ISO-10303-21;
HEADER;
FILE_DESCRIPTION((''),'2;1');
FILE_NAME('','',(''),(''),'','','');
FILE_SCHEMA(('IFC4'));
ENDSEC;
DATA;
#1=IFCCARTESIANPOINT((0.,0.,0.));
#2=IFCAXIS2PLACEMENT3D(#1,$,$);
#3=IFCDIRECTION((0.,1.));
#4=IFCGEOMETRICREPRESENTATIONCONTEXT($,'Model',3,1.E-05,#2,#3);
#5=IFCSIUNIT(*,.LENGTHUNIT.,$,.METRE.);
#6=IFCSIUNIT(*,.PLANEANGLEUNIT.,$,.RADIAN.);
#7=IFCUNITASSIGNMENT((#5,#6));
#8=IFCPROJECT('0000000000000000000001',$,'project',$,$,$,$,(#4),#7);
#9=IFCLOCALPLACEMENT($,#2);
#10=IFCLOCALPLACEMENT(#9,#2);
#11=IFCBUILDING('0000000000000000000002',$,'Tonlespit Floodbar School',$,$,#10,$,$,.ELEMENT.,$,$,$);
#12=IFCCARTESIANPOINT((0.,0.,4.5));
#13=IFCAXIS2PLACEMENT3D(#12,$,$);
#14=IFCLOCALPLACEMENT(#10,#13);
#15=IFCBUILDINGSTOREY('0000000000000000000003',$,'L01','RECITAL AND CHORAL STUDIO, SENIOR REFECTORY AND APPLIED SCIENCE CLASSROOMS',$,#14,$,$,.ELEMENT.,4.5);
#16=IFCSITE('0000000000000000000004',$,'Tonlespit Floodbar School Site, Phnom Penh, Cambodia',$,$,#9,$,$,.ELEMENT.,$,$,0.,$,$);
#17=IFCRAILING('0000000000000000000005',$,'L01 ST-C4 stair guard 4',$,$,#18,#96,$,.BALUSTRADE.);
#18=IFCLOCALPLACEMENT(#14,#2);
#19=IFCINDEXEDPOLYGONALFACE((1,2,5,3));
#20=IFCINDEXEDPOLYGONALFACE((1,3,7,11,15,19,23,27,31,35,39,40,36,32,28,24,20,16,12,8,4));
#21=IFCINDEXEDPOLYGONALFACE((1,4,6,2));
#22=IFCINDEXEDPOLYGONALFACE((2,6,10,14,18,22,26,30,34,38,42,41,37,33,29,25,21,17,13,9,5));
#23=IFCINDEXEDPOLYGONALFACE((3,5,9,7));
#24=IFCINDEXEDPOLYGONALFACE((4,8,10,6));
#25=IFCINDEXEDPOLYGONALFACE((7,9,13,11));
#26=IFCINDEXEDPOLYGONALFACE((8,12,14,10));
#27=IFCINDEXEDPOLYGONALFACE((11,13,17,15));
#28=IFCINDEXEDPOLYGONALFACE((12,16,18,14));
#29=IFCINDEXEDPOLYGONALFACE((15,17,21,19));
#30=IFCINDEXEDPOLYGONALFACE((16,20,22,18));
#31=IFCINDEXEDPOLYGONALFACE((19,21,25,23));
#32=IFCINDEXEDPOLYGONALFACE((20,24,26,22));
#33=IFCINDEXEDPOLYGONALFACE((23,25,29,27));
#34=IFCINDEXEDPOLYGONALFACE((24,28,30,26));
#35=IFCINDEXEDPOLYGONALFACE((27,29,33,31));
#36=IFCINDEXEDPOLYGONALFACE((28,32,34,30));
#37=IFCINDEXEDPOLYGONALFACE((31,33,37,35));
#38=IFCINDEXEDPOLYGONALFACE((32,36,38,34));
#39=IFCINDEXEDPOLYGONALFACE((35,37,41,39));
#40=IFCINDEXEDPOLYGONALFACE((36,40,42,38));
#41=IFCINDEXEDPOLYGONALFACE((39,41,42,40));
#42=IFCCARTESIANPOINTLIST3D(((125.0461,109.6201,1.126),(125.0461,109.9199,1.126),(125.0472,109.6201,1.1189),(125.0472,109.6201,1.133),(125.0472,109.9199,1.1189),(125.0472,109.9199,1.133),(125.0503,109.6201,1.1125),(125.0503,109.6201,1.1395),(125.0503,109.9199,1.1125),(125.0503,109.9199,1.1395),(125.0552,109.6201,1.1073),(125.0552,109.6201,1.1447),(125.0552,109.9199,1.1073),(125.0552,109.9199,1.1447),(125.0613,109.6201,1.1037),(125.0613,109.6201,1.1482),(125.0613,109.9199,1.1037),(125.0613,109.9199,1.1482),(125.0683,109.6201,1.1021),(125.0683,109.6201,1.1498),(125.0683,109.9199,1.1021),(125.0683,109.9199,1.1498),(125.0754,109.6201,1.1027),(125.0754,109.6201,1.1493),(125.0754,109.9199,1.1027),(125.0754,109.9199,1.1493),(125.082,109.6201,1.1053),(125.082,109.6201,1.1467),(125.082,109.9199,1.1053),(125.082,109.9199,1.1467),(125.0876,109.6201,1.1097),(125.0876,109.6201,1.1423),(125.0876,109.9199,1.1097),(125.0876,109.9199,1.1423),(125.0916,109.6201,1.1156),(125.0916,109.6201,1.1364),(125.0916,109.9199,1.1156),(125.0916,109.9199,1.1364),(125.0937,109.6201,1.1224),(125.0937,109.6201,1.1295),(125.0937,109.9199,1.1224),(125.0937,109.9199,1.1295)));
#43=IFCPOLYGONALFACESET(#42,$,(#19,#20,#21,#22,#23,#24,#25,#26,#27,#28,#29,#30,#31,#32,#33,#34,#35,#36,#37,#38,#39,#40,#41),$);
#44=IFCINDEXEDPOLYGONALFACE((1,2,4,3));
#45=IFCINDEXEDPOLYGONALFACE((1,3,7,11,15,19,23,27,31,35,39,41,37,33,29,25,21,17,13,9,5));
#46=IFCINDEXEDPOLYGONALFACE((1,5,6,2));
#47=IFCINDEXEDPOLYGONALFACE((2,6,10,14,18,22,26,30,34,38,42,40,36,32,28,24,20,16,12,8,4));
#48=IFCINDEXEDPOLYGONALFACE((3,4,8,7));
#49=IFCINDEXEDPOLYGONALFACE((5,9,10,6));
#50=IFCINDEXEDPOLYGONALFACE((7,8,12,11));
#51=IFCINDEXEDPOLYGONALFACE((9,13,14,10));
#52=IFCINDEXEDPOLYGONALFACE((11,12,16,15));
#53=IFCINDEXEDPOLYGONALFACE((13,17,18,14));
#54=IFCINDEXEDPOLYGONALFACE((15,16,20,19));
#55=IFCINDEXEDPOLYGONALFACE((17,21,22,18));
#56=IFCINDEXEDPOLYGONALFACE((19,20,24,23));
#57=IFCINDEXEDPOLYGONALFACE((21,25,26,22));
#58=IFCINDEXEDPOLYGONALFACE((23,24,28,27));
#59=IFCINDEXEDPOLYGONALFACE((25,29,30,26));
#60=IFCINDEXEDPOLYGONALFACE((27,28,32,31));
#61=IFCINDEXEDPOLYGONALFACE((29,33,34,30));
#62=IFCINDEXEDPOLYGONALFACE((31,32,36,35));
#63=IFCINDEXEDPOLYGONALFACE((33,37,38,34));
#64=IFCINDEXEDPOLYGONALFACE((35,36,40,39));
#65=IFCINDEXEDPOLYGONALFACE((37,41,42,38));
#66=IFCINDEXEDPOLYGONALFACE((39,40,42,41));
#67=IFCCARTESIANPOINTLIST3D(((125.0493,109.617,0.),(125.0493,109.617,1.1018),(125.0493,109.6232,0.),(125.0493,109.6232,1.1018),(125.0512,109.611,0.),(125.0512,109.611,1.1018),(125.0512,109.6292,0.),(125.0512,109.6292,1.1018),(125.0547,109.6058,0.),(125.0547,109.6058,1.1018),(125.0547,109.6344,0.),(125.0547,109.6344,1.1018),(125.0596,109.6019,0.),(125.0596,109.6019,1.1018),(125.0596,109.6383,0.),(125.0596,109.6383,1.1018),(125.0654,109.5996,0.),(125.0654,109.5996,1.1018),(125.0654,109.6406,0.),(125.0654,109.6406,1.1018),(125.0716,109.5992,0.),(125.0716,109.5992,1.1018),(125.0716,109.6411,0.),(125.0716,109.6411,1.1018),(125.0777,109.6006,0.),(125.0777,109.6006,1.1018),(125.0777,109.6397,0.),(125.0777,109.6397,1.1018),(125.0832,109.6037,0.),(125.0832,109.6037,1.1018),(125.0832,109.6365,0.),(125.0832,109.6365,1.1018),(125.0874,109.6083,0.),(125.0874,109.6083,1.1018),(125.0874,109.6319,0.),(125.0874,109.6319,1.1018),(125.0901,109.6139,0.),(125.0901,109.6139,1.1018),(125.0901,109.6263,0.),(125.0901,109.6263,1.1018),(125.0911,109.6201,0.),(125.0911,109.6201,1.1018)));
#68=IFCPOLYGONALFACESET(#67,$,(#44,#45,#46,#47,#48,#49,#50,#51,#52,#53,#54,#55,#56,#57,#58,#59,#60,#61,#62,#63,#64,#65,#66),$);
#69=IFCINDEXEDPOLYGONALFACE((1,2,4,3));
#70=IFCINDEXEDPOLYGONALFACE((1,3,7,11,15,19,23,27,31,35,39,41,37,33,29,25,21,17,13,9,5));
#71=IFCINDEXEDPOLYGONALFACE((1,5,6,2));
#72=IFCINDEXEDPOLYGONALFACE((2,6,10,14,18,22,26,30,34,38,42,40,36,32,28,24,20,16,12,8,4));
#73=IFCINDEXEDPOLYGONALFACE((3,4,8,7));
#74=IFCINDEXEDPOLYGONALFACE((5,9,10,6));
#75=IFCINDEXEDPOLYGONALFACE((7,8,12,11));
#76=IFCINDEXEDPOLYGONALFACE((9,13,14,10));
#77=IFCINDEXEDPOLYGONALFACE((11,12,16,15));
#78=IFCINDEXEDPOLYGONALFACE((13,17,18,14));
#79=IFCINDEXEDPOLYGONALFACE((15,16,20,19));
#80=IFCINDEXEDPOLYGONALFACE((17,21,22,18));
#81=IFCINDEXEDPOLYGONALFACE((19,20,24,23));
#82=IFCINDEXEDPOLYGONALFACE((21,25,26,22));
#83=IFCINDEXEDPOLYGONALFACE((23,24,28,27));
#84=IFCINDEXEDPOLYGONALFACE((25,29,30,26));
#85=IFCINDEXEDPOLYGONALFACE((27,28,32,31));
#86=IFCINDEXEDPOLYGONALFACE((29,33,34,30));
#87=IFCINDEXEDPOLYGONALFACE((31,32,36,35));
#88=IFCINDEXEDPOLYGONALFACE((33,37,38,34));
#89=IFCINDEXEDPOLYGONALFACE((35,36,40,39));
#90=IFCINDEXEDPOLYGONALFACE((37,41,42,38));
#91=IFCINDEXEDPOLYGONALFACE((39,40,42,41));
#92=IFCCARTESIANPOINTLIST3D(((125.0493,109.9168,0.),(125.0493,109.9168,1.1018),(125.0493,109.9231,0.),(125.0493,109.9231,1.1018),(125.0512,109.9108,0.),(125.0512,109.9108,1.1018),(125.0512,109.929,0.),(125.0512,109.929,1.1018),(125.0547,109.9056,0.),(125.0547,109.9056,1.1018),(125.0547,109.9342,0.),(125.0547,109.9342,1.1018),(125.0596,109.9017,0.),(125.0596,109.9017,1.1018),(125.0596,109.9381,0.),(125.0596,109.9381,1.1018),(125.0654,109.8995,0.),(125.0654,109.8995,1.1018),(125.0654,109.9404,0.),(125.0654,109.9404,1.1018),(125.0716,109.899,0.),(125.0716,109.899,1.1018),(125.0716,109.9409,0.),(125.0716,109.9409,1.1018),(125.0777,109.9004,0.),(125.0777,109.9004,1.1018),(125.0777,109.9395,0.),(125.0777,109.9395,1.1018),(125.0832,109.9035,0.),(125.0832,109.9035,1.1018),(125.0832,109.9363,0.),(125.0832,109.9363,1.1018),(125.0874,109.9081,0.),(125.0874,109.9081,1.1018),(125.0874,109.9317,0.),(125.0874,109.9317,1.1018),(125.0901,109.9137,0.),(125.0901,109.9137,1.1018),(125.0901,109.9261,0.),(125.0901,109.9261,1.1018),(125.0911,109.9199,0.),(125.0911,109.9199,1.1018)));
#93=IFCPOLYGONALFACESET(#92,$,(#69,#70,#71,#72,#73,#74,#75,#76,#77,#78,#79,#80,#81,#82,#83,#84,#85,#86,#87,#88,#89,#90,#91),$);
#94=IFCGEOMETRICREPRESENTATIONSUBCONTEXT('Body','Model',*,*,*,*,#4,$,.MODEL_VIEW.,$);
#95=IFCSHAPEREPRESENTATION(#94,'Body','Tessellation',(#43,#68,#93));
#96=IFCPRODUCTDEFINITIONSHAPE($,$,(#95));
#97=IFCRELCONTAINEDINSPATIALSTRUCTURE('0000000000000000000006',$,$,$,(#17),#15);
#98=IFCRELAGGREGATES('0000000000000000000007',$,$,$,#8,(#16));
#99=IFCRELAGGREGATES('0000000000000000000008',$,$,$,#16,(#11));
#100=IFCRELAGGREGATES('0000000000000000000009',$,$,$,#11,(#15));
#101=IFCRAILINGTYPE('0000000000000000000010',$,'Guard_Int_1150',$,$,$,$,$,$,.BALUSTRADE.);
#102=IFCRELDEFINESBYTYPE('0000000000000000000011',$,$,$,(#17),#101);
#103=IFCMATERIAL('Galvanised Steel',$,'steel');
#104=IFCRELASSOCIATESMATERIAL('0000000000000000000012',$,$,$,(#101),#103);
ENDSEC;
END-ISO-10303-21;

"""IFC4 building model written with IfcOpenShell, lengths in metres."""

from ifc_helpers import new_model, si_unit, direction, frame, origin, origin_2d, place, context, subcontext, project, spatial, circle, extrude, material, type_object, element, save


model = new_model("IFC4")

# Units and contexts
model_context = context("Model", 3, precision=1e-05, world=origin(), true_north=direction((0.0, 1.0)))
body_context = subcontext(model_context, "Body", "Model", "MODEL_VIEW")
ifc_project = project(units=[si_unit("LENGTHUNIT", "METRE"), si_unit("PLANEANGLEUNIT", "RADIAN")], contexts=[model_context])

# Site, building, storey
site_placement = place(None, origin())
site = spatial("IfcSite", under=ifc_project, at=site_placement, Name="Tonlespit Floodbar School Site, Phnom Penh, Cambodia", CompositionType="ELEMENT", RefElevation=0.0)
building_placement = place(site_placement, origin())
building = spatial("IfcBuilding", under=site, at=building_placement, Name="Tonlespit Floodbar School", CompositionType="ELEMENT")
storey_placement = place(building_placement, frame((0.0, 0.0, 4.5)))
storey = spatial("IfcBuildingStorey", under=building, at=storey_placement, Name="L01", Description="RECITAL AND CHORAL STUDIO, SENIOR REFECTORY AND APPLIED SCIENCE CLASSROOMS", CompositionType="ELEMENT", Elevation=4.5)

# Railing
ifc_material_1 = material(Name="Galvanised Steel", Category="steel")
railing_type_1 = type_object("IfcRailingType", Name="Guard_Int_1150", PredefinedType="BALUSTRADE", material=ifc_material_1)
railing_1_placement = place(storey_placement, frame((125.0701, 109.6201, 0.0)))
element("IfcRailing", 1, at=railing_1_placement, inside=storey, type_object=railing_type_1, Name="L01 ST-C4 stair guard 4", PredefinedType="BALUSTRADE", context=body_context, shape_type="SweptSolid", body=[
    extrude(circle(Radius=0.0239, at=origin_2d()), frame((0.0, 0.0, 1.126), z_axis=(0.0, 1.0, 0.0), x_axis=(-1.0, 0.0, 0.0)), (0.0, 0.0, 1.0), 0.2998),
    extrude(circle(Radius=0.021, at=origin_2d()), origin(), (0.0, 0.0, 1.0), 1.1018),
    extrude(circle(Radius=0.021, at=origin_2d()), frame((0.0, 0.2998, 0.0)), (0.0, 0.0, 1.0), 1.1018),
])

save(model, "model.ifc")
